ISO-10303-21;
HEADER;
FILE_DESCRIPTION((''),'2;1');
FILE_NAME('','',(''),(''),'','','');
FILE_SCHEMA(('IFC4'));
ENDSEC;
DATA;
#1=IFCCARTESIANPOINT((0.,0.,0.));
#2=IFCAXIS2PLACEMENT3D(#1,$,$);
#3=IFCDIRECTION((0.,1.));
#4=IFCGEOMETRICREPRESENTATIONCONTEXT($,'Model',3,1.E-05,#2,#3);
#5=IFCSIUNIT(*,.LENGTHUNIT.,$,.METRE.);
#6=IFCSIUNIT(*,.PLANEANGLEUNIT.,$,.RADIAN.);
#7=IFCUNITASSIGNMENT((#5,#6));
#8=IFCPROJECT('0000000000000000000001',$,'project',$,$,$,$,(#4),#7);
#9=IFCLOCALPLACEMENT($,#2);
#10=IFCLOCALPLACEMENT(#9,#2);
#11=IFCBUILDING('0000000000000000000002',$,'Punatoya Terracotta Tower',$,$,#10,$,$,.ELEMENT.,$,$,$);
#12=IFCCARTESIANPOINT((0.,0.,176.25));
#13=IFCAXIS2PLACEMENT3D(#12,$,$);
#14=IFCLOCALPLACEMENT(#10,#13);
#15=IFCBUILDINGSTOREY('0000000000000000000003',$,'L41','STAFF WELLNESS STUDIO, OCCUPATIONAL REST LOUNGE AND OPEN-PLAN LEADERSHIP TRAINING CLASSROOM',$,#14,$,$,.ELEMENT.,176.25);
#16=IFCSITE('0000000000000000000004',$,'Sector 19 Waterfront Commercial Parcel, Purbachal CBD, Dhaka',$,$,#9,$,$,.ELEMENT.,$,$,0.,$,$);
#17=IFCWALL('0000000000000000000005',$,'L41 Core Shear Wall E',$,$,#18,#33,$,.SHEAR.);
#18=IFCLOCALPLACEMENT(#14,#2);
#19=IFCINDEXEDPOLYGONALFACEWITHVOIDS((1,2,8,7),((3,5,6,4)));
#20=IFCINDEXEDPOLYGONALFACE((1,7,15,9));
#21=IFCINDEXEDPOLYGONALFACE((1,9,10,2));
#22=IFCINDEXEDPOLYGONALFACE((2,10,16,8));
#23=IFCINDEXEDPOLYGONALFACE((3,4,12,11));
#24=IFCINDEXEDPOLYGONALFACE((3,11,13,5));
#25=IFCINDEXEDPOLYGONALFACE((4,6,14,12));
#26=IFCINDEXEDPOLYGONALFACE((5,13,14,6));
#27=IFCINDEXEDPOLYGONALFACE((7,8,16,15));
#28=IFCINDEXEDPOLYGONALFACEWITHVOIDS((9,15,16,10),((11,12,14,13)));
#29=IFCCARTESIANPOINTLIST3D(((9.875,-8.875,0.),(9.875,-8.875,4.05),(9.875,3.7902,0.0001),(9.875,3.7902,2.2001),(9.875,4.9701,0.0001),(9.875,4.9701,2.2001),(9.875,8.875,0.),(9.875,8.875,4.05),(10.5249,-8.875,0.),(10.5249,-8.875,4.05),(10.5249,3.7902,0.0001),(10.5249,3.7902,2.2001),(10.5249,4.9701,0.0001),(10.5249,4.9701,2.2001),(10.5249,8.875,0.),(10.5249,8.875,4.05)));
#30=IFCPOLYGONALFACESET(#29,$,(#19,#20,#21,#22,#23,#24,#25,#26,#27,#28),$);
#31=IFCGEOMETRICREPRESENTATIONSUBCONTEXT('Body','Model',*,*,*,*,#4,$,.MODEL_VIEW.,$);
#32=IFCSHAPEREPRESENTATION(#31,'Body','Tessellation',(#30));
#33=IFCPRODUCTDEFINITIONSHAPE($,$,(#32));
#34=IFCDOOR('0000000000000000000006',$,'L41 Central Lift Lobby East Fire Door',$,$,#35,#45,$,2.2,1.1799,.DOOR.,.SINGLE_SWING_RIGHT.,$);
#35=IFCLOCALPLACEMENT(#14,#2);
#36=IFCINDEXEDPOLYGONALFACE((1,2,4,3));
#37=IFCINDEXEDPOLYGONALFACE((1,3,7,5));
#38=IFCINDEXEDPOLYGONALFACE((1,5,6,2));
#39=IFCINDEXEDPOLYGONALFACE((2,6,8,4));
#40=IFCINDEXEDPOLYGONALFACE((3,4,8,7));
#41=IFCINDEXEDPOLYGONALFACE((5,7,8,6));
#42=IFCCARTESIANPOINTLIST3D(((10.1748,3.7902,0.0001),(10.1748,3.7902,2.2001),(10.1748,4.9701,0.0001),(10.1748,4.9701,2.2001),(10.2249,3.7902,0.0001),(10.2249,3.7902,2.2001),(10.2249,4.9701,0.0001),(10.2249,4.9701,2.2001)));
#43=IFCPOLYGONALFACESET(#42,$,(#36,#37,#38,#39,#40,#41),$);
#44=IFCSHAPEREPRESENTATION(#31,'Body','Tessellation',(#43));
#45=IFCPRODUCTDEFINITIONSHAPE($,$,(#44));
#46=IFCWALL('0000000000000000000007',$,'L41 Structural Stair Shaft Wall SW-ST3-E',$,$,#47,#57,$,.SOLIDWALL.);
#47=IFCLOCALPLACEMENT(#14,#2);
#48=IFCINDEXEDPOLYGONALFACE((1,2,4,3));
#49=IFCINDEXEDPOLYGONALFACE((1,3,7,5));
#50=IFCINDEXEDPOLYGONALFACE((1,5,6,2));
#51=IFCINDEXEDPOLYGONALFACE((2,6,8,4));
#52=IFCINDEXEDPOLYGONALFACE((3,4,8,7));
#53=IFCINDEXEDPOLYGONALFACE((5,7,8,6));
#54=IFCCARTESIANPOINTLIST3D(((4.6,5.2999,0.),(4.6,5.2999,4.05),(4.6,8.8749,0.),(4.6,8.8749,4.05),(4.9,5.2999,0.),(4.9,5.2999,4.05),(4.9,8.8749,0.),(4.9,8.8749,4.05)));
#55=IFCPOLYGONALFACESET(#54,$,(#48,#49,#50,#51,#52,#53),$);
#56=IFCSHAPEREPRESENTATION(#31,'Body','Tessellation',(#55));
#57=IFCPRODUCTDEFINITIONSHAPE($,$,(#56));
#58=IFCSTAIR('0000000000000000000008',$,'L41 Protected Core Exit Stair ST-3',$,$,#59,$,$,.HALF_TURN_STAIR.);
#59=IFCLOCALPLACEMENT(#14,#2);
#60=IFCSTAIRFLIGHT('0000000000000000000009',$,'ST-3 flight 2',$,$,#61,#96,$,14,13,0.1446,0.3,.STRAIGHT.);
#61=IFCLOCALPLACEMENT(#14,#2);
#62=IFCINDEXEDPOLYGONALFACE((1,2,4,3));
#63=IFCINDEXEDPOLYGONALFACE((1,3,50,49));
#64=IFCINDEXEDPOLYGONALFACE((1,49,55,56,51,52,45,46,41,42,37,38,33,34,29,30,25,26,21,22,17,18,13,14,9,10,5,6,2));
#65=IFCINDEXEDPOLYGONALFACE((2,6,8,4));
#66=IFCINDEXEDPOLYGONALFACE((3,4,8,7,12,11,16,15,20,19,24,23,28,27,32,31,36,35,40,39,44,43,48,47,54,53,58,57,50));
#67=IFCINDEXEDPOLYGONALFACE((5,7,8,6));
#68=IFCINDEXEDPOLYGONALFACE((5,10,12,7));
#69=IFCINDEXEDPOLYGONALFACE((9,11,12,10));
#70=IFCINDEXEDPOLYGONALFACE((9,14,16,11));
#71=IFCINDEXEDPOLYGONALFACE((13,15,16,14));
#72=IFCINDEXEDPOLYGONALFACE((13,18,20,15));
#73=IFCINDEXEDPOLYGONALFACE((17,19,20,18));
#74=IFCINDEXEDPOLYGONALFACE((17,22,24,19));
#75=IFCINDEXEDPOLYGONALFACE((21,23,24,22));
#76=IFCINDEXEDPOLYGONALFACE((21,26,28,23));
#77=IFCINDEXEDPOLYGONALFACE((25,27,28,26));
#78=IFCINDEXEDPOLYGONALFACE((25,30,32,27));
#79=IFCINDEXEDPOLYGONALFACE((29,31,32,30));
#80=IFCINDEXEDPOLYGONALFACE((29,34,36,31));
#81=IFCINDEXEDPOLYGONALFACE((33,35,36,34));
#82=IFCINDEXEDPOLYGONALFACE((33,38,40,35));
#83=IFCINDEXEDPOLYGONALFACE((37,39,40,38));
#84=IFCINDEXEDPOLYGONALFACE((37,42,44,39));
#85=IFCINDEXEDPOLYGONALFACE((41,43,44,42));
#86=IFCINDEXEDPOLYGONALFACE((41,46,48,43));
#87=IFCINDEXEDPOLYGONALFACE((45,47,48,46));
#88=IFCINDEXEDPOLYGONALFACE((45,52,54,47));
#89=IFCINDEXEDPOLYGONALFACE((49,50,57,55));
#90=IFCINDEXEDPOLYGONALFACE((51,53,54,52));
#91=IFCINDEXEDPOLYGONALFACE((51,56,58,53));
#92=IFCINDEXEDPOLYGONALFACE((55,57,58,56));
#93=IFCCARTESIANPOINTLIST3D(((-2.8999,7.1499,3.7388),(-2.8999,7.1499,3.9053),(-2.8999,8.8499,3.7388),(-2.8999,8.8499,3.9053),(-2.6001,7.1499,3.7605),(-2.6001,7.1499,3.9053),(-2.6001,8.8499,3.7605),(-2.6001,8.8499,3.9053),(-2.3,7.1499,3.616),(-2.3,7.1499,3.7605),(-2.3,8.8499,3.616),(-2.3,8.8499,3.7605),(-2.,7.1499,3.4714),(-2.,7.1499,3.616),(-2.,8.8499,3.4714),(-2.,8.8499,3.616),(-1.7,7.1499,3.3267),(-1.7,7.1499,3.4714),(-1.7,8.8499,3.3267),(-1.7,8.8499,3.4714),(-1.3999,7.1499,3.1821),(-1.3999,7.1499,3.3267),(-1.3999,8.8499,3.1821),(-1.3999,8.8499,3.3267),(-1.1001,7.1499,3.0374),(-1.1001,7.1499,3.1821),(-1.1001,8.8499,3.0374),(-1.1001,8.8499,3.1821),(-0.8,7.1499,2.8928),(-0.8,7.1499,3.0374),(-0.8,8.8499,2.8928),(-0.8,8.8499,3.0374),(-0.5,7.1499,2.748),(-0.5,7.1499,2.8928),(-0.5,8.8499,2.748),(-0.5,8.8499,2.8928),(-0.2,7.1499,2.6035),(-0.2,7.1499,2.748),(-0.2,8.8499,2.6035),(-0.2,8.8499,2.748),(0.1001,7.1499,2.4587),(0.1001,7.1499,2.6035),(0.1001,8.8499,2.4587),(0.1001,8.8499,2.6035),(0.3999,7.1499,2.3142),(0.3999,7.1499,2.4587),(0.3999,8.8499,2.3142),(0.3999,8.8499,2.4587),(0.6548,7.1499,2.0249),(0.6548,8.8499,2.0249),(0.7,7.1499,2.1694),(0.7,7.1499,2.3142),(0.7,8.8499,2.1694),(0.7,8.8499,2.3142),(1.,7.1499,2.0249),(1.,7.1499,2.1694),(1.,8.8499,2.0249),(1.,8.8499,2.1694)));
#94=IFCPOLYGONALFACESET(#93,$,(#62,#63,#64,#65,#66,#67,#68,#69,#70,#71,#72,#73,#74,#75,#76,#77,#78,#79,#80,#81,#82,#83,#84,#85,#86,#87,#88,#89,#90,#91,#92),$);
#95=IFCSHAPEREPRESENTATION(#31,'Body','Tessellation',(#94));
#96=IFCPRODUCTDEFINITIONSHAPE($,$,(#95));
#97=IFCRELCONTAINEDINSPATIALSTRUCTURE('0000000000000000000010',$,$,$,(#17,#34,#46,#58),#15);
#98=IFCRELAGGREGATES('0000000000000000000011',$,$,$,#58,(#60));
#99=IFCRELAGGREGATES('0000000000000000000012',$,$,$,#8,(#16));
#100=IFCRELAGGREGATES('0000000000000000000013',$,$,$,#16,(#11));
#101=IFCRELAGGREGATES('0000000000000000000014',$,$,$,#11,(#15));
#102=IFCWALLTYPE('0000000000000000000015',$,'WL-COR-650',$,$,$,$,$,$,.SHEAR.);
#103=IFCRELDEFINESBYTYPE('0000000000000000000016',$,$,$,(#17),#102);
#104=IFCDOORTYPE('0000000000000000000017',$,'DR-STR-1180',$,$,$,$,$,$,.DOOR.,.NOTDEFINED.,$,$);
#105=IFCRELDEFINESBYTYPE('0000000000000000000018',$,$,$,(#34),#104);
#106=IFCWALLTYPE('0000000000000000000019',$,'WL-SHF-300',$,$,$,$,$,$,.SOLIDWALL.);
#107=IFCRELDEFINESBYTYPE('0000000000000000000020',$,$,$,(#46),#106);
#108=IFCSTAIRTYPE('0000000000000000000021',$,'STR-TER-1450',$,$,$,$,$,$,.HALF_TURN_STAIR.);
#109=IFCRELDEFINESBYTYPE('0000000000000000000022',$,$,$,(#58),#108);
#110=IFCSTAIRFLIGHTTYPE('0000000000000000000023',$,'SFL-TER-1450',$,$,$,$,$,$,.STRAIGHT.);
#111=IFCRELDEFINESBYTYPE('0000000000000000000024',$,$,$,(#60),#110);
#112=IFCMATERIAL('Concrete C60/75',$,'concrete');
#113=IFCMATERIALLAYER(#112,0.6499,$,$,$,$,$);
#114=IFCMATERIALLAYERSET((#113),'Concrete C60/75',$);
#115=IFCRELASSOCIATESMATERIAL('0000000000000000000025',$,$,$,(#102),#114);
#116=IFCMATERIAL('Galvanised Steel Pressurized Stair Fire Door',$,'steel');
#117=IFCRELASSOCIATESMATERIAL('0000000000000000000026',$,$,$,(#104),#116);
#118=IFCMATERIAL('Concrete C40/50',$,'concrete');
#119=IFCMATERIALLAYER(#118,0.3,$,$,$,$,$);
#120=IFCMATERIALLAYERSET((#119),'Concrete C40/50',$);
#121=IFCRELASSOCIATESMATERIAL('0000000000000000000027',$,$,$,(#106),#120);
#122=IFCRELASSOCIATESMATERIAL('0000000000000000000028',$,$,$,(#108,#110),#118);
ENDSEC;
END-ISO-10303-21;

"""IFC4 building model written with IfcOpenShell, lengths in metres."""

from ifc_helpers import new_model, si_unit, direction, frame, frame_2d, origin, place, context, subcontext, project, spatial, polyline, rectangle, outline, extrude, material, layer, layer_set, type_object, element, fill, aggregate, save


model = new_model("IFC4")

# Units and contexts
model_context = context("Model", 3, precision=1e-05, world=origin(), true_north=direction((0.0, 1.0)))
body_context = subcontext(model_context, "Body", "Model", "MODEL_VIEW")
ifc_project = project(units=[si_unit("LENGTHUNIT", "METRE"), si_unit("PLANEANGLEUNIT", "RADIAN")], contexts=[model_context])

# Site, building, storey
site_placement = place(None, origin())
site = spatial("IfcSite", under=ifc_project, at=site_placement, Name="Sector 19 Waterfront Commercial Parcel, Purbachal CBD, Dhaka", CompositionType="ELEMENT", RefElevation=0.0)
building_placement = place(site_placement, origin())
building = spatial("IfcBuilding", under=site, at=building_placement, Name="Punatoya Terracotta Tower", CompositionType="ELEMENT")
storey_placement = place(building_placement, frame((0.0, 0.0, 176.25)))
storey = spatial("IfcBuildingStorey", under=building, at=storey_placement, Name="L41", Description="STAFF WELLNESS STUDIO, OCCUPATIONAL REST LOUNGE AND OPEN-PLAN LEADERSHIP TRAINING CLASSROOM", CompositionType="ELEMENT", Elevation=176.25)

# Shared definitions
ifc_material_1 = material(Name="Concrete C40/50", Category="concrete")

# Wall, opening, door
ifc_material_2 = material(Name="Concrete C60/75", Category="concrete")
ifc_layer_1 = layer(ifc_material_2, 0.6499)
ifc_layer_set_1 = layer_set([ifc_layer_1], Name="Concrete C60/75")
wall_type_1 = type_object("IfcWallType", Name="WL-COR-650", PredefinedType="SHEAR", material=ifc_layer_set_1)
wall_1_placement = place(storey_placement, frame((10.2, 8.875, 0.0), z_axis=(0.0, 0.0, 1.0), x_axis=(0.0, -1.0, 0.0)))
wall_1 = element("IfcWall", 1, at=wall_1_placement, inside=storey, type_object=wall_type_1, Name="L41 Core Shear Wall E", PredefinedType="SHEAR", context=body_context, shape_type="SweptSolid", body=[
    extrude(rectangle(XDim=17.75, YDim=0.6499, at=frame_2d((8.875, 0.0))), origin(), (0.0, 0.0, 1.0), 4.05),
])
opening_placement = place(wall_1_placement, frame((3.905, 0.0, 0.0)))
opening = element("IfcOpeningElement", 2, at=opening_placement, cuts=wall_1, PredefinedType="OPENING", context=body_context, shape_type="SweptSolid", body=[
    extrude(rectangle(XDim=1.1799, YDim=2.2, at=frame_2d((0.5898, 1.1001))), frame((0.0, 0.335, 0.0), z_axis=(0.0, -1.0, 0.0), x_axis=(1.0, 0.0, 0.0)), (0.0, 0.0, 1.0), 0.6699),
])
ifc_material_3 = material(Name="Galvanised Steel Pressurized Stair Fire Door", Category="steel")
door_type = type_object("IfcDoorType", Name="DR-STR-1180", OperationType="NOTDEFINED", PredefinedType="DOOR", material=ifc_material_3)
door_placement = place(opening_placement, origin())
door = element("IfcDoor", 3, at=door_placement, inside=storey, type_object=door_type, Name="L41 Central Lift Lobby East Fire Door", OperationType="SINGLE_SWING_RIGHT", OverallHeight=2.2, OverallWidth=1.1799, PredefinedType="DOOR", context=body_context, shape_type="SweptSolid", body=[
    extrude(rectangle(XDim=1.1799, YDim=2.2, at=frame_2d((0.5898, 1.1001))), frame((0.0, 0.0249, 0.0), z_axis=(0.0, -1.0, 0.0), x_axis=(1.0, 0.0, 0.0)), (0.0, 0.0, 1.0), 0.05),
])
fill(opening, door)

# Wall
ifc_layer_2 = layer(ifc_material_1, 0.3)
ifc_layer_set_2 = layer_set([ifc_layer_2], Name="Concrete C40/50")
wall_type_2 = type_object("IfcWallType", Name="WL-SHF-300", PredefinedType="SOLIDWALL", material=ifc_layer_set_2)
wall_2_placement = place(storey_placement, frame((4.75, 8.875, 0.0), z_axis=(0.0, 0.0, 1.0), x_axis=(0.0, -1.0, 0.0)))
element("IfcWall", 4, at=wall_2_placement, inside=storey, type_object=wall_type_2, Name="L41 Structural Stair Shaft Wall SW-ST3-E", PredefinedType="SOLIDWALL", context=body_context, shape_type="SweptSolid", body=[
    extrude(rectangle(XDim=3.575, YDim=0.3, at=frame_2d((1.7876, 0.0))), origin(), (0.0, 0.0, 1.0), 4.05),
])

# Stair, stair flight
stair_type = type_object("IfcStairType", Name="STR-TER-1450", PredefinedType="HALF_TURN_STAIR", material=ifc_material_1)
stair_placement = place(storey_placement, origin())
stair = element("IfcStair", 5, at=stair_placement, inside=storey, type_object=stair_type, Name="L41 Protected Core Exit Stair ST-3", PredefinedType="HALF_TURN_STAIR")
stair_flight_type = type_object("IfcStairFlightType", Name="SFL-TER-1450", PredefinedType="STRAIGHT", material=ifc_material_1)
stair_flight_placement = place(storey_placement, frame((1.0, 8.0, 2.0249), z_axis=(0.0, 0.0, 1.0), x_axis=(-1.0, 0.0, 0.0)))
stair_flight = element("IfcStairFlight", 6, at=stair_flight_placement, type_object=stair_flight_type, Name="ST-3 flight 2", NumberOfRisers=14, NumberOfTreads=13, PredefinedType="STRAIGHT", RiserHeight=0.1446, TreadLength=0.3, context=body_context, shape_type="SweptSolid", body=[
    extrude(outline(polyline([(0.0, 0.0), (0.0, 0.1445), (0.3, 0.1445), (0.3, 0.2893), (0.6001, 0.2893), (0.6001, 0.4338), (0.8999, 0.4338), (0.8999, 0.5786), (1.2, 0.5786), (1.2, 0.7231), (1.5, 0.7231), (1.5, 0.8679), (1.8, 0.8679), (1.8, 1.0125), (2.1001, 1.0125), (2.1001, 1.1572), (2.3999, 1.1572), (2.3999, 1.3018), (2.7, 1.3018), (2.7, 1.4465), (3.0, 1.4465), (3.0, 1.5911), (3.3, 1.5911), (3.3, 1.7356), (3.6001, 1.7356), (3.6001, 1.8804), (3.8999, 1.8804), (3.8999, 2.0249), (3.8999, 1.7139), (0.3452, 0.0), (0.0, 0.0)])), frame((0.0, 0.8501, 0.0), z_axis=(0.0, -1.0, 0.0), x_axis=(1.0, 0.0, 0.0)), (0.0, 0.0, 1.0), 1.7),
])
aggregate(stair, [stair_flight])

save(model, "model.ifc")
